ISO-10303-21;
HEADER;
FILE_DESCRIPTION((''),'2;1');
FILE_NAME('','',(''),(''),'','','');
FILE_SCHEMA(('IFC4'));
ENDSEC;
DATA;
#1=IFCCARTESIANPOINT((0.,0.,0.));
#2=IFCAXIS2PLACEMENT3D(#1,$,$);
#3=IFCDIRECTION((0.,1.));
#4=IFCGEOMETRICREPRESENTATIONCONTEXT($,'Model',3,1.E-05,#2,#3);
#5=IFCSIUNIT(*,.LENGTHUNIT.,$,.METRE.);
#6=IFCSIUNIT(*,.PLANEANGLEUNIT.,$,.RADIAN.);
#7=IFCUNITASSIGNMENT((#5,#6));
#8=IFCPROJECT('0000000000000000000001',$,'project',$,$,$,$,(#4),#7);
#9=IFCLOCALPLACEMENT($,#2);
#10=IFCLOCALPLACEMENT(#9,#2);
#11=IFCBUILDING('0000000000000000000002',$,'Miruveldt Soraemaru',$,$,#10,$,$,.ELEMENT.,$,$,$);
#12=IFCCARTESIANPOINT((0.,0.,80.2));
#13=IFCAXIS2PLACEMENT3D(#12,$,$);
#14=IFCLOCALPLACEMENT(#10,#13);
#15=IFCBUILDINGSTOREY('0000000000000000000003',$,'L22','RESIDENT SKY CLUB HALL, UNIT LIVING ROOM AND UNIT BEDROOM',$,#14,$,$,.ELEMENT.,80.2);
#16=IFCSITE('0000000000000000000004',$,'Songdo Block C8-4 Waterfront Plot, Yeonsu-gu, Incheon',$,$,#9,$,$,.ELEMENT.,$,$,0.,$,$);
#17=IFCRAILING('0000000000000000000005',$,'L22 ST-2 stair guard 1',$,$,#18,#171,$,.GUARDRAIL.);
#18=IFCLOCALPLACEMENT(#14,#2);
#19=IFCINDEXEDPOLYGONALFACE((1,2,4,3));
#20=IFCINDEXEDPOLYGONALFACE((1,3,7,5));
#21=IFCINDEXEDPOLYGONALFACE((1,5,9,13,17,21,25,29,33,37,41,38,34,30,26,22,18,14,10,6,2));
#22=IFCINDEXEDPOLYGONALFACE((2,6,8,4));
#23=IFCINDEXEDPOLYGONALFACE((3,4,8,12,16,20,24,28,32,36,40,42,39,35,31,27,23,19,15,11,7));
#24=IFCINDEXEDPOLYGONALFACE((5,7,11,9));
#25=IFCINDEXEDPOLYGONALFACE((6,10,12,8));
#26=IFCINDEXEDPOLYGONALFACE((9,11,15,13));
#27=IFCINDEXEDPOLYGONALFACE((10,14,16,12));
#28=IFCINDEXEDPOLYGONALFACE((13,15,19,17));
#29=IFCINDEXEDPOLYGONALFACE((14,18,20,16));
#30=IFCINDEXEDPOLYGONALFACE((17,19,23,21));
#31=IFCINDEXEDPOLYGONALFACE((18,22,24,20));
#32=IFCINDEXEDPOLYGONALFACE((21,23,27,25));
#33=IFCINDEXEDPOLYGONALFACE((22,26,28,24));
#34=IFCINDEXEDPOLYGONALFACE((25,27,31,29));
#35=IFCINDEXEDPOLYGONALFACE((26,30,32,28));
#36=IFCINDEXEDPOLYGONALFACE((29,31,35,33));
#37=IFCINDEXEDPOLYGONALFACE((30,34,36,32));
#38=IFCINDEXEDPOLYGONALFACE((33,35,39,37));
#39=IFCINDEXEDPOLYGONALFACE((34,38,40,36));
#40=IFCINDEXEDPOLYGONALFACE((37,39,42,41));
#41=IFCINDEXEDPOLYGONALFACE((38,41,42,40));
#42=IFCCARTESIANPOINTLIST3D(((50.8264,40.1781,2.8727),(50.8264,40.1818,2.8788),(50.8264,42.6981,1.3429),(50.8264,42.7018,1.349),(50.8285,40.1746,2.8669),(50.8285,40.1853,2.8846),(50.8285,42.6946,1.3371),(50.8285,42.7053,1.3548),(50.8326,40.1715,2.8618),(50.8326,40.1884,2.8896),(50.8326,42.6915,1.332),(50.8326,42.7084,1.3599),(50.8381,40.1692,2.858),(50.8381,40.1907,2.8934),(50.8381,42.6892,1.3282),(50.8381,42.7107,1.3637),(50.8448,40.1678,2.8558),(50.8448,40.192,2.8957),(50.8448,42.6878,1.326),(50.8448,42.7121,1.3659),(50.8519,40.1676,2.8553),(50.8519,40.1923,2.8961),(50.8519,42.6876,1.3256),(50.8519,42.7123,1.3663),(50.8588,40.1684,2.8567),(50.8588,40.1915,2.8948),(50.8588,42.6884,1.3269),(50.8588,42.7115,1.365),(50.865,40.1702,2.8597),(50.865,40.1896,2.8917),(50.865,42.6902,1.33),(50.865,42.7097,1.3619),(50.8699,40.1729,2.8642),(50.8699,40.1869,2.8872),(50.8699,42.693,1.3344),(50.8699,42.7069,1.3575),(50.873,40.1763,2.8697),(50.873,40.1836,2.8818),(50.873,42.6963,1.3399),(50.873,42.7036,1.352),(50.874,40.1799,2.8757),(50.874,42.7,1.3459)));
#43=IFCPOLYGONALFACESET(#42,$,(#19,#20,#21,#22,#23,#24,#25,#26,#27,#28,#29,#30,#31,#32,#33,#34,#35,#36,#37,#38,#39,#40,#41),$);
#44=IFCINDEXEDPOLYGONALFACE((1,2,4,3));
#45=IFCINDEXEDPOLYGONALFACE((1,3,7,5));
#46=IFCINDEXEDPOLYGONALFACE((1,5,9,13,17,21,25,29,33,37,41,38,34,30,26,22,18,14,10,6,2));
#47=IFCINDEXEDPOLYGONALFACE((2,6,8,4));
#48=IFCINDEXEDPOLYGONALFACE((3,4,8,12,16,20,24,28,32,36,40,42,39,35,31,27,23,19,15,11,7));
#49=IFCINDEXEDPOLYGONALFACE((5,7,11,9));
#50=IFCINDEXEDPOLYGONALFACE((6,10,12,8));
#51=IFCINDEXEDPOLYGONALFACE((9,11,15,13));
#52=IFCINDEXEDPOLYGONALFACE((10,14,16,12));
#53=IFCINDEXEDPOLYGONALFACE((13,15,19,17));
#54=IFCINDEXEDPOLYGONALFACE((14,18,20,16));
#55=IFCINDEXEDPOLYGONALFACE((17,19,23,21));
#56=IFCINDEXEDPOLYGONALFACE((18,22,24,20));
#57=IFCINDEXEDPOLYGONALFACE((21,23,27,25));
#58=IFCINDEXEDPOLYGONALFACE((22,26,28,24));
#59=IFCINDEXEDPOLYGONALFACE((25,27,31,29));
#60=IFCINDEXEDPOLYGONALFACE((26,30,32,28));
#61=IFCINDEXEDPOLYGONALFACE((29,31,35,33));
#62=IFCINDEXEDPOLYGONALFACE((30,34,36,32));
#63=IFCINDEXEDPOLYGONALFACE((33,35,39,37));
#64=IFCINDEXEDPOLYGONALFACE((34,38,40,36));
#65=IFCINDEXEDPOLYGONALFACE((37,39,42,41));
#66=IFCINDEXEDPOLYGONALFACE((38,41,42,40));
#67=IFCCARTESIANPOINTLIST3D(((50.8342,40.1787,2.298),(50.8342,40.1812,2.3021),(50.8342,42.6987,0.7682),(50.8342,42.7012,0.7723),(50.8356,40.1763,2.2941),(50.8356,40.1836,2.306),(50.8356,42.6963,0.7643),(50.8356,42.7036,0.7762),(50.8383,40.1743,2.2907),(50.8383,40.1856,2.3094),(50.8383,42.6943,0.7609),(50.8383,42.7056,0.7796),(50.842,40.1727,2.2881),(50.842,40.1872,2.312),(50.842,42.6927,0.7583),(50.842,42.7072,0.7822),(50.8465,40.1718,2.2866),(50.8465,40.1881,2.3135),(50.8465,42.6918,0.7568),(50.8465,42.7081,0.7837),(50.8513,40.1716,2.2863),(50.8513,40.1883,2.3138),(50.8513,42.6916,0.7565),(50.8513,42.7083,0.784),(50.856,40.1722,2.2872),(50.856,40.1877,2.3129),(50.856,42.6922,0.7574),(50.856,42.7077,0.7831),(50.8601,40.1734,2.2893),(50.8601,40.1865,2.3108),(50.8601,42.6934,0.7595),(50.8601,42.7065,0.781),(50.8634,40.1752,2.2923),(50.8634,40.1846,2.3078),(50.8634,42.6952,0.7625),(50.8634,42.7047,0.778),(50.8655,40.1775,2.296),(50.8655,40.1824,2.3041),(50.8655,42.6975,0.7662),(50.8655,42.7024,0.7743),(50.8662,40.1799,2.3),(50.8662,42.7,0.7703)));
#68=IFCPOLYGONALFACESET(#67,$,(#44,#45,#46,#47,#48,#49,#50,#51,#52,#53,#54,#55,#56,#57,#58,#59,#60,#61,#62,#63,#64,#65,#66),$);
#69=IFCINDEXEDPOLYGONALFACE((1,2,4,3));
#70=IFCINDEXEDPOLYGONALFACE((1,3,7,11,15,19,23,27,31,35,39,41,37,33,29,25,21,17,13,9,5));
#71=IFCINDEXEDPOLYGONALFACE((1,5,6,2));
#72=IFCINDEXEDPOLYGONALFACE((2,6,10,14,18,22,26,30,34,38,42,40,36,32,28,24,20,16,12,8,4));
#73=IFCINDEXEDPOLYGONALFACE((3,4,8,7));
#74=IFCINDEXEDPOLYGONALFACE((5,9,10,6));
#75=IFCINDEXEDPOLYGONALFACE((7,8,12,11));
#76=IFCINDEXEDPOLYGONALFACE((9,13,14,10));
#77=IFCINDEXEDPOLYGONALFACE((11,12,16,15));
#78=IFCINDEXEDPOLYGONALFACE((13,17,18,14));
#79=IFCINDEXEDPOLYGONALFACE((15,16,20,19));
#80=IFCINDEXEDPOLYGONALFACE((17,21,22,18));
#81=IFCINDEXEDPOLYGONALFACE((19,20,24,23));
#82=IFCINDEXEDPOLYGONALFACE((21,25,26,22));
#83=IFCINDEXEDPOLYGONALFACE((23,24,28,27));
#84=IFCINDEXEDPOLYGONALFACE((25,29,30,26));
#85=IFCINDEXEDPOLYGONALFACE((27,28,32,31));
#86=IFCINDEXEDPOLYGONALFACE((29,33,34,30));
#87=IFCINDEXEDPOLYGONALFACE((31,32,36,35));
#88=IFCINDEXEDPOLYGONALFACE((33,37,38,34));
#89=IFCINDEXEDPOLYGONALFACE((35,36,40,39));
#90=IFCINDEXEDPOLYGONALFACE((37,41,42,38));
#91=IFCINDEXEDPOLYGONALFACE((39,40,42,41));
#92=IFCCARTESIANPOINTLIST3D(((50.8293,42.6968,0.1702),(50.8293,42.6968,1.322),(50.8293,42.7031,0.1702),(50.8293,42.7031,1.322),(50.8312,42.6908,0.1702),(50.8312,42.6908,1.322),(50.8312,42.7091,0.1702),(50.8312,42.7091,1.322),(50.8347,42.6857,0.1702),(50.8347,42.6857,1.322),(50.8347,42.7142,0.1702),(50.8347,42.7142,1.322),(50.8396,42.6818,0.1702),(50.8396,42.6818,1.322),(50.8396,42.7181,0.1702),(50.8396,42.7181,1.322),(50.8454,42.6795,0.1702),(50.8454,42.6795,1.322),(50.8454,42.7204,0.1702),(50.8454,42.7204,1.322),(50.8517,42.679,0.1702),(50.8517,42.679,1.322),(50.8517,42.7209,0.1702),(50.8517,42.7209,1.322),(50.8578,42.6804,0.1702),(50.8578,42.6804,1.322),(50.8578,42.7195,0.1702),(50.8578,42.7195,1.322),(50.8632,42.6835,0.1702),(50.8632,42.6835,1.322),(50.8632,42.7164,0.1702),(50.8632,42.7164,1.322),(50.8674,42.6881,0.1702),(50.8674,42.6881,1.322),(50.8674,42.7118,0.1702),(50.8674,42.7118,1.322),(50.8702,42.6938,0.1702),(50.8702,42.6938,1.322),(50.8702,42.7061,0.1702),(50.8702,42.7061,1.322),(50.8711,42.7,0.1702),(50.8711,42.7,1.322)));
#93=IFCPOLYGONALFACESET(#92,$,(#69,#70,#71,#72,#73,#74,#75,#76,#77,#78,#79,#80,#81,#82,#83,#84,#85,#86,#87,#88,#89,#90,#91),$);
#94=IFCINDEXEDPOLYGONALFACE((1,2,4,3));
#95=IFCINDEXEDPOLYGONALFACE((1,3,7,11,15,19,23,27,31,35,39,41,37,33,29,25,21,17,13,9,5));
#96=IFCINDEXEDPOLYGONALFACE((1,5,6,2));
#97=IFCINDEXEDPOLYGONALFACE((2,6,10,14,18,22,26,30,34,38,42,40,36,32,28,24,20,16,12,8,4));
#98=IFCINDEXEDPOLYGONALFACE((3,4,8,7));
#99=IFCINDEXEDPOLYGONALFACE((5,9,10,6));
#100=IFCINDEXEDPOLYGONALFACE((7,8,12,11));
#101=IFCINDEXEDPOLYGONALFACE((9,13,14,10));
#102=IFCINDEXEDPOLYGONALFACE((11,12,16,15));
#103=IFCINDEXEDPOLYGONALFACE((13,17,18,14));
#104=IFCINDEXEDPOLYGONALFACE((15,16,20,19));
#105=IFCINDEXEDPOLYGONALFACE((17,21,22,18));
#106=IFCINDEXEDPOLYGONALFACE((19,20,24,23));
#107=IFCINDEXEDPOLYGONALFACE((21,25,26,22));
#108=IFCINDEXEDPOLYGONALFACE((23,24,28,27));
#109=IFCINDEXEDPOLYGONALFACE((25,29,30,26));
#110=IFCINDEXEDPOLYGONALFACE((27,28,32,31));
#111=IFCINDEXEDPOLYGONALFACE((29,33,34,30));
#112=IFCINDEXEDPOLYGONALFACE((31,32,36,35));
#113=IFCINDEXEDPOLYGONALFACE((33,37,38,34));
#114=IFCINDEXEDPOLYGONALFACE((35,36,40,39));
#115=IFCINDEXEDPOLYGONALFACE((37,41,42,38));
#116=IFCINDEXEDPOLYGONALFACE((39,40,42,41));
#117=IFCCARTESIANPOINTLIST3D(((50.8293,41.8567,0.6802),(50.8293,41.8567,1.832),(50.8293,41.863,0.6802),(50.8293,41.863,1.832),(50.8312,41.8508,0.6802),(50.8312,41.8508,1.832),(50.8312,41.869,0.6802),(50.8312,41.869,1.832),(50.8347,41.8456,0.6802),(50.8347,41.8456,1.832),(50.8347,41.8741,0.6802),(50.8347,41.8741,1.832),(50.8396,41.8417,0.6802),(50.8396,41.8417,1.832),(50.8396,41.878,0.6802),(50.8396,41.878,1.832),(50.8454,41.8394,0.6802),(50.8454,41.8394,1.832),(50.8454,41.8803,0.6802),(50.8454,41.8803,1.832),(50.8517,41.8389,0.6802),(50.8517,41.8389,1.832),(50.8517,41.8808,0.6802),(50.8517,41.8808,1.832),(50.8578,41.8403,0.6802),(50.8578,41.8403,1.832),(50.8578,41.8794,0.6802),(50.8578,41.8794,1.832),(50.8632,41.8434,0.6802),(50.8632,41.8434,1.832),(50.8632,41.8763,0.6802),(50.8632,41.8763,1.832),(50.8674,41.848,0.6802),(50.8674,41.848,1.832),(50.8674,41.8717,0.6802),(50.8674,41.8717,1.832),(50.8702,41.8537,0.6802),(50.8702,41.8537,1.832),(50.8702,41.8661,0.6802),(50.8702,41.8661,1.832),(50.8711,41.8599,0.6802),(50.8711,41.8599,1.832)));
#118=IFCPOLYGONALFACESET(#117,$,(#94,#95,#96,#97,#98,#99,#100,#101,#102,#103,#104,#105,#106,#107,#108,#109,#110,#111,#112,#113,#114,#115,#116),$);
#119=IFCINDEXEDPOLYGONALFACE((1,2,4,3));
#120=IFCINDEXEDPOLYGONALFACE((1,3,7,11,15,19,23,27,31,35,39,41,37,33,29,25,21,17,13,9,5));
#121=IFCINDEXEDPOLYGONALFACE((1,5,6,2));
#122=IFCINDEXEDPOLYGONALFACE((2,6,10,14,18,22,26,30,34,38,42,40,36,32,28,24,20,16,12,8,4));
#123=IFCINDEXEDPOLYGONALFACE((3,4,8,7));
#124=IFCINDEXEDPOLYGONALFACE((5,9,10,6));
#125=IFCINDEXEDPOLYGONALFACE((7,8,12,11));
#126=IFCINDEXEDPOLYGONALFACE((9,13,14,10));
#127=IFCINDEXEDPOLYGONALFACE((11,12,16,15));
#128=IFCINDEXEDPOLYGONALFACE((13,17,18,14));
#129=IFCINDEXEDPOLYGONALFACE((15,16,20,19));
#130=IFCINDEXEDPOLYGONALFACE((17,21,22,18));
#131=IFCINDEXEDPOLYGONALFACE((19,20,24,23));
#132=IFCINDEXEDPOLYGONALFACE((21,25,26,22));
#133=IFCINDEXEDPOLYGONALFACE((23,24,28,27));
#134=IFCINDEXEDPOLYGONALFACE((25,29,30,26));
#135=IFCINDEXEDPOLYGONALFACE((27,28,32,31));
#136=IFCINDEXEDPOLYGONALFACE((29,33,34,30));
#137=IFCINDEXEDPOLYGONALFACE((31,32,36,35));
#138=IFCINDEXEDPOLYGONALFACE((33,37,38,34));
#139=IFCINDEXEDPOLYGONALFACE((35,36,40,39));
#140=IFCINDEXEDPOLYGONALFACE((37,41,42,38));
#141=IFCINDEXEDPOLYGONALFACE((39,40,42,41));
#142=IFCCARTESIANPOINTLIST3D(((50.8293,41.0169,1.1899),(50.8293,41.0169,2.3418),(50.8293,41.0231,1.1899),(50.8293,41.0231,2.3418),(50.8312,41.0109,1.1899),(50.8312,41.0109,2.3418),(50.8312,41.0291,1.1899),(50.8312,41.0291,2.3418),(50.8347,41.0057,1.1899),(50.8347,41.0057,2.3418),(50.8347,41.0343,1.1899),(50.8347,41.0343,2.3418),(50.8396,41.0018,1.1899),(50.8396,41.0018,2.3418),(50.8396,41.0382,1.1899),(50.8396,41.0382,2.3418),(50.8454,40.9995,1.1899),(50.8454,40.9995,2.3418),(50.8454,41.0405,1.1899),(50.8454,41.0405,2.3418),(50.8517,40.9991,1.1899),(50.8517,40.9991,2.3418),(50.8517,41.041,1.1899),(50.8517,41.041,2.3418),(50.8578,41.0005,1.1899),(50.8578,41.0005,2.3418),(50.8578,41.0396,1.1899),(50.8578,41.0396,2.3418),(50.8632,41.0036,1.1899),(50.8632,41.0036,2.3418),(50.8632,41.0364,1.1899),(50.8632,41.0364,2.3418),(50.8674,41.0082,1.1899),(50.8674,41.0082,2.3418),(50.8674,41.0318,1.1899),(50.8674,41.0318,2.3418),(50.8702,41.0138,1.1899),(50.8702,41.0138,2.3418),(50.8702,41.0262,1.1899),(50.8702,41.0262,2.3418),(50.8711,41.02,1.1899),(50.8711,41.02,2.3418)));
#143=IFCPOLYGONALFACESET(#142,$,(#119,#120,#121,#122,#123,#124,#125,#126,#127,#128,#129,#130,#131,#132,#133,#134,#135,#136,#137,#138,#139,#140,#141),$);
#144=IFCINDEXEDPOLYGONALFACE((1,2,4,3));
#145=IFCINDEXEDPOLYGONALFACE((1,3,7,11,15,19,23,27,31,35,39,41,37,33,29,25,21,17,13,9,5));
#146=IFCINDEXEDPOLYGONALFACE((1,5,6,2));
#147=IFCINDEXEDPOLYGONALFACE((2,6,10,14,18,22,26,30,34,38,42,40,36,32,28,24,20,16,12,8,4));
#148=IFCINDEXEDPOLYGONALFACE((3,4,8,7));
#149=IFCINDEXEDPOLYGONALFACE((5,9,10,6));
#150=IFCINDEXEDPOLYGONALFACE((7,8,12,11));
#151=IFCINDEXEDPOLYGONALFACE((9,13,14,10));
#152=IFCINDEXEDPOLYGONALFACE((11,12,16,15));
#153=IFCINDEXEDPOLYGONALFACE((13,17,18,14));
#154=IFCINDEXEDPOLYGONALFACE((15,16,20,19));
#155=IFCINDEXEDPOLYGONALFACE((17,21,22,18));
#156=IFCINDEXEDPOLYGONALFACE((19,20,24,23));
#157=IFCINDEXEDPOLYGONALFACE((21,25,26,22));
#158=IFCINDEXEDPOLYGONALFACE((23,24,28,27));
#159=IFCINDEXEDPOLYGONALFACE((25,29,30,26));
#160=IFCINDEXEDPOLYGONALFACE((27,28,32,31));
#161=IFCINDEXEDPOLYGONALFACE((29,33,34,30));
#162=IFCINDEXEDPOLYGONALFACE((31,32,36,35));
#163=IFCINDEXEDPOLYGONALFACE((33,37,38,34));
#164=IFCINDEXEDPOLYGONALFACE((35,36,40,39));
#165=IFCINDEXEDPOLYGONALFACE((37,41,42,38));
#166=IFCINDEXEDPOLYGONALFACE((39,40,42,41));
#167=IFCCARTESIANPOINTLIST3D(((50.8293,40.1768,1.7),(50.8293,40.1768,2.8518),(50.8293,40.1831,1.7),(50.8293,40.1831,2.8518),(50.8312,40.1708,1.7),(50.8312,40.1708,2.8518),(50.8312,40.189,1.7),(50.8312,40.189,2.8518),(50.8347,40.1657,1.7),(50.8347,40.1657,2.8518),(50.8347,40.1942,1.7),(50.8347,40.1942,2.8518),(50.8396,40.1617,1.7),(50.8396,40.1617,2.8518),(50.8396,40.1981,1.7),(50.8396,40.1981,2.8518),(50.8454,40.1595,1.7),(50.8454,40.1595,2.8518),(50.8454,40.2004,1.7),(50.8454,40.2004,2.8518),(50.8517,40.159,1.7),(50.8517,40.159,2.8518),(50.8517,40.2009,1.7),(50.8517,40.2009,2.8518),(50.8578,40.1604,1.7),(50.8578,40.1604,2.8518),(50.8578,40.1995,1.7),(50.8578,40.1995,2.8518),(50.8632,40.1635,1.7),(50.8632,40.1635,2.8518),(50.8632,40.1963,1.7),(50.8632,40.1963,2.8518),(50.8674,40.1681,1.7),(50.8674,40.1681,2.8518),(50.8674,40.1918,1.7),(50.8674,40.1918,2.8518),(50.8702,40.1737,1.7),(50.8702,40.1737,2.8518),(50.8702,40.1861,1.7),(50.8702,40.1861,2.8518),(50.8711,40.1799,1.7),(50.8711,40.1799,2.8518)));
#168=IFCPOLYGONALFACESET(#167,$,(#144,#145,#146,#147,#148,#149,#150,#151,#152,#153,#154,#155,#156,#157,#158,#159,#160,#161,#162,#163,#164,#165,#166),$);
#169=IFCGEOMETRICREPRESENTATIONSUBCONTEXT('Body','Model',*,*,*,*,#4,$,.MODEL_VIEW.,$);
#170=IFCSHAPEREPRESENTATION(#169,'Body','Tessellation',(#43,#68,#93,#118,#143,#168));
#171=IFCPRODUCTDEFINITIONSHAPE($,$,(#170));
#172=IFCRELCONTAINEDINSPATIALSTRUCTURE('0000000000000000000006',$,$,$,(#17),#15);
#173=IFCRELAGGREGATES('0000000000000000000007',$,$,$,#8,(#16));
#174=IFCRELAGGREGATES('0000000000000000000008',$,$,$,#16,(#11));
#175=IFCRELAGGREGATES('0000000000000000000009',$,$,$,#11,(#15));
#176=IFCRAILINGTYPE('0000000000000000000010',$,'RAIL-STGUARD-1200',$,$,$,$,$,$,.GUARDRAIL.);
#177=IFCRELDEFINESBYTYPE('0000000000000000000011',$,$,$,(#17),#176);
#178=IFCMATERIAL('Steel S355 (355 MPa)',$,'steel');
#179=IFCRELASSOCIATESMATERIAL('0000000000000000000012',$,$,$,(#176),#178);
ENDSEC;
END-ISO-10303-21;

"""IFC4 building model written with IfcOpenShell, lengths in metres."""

from ifc_helpers import new_model, si_unit, direction, frame, origin, origin_2d, place, context, subcontext, project, spatial, circle, extrude, material, type_object, element, save


model = new_model("IFC4")

# Units and contexts
model_context = context("Model", 3, precision=1e-05, world=origin(), true_north=direction((0.0, 1.0)))
body_context = subcontext(model_context, "Body", "Model", "MODEL_VIEW")
ifc_project = project(units=[si_unit("LENGTHUNIT", "METRE"), si_unit("PLANEANGLEUNIT", "RADIAN")], contexts=[model_context])

# Site, building, storey
site_placement = place(None, origin())
site = spatial("IfcSite", under=ifc_project, at=site_placement, Name="Songdo Block C8-4 Waterfront Plot, Yeonsu-gu, Incheon", CompositionType="ELEMENT", RefElevation=0.0)
building_placement = place(site_placement, origin())
building = spatial("IfcBuilding", under=site, at=building_placement, Name="Miruveldt Soraemaru", CompositionType="ELEMENT")
storey_placement = place(building_placement, frame((0.0, 0.0, 80.2)))
storey = spatial("IfcBuildingStorey", under=building, at=storey_placement, Name="L22", Description="RESIDENT SKY CLUB HALL, UNIT LIVING ROOM AND UNIT BEDROOM", CompositionType="ELEMENT", Elevation=80.2)

# Railing
ifc_material_1 = material(Name="Steel S355 (355 MPa)", Category="steel")
railing_type_1 = type_object("IfcRailingType", Name="RAIL-STGUARD-1200", PredefinedType="GUARDRAIL", material=ifc_material_1)
railing_1_placement = place(storey_placement, frame((50.8501, 42.7, 0.1702)))
element("IfcRailing", 1, at=railing_1_placement, inside=storey, type_object=railing_type_1, Name="L22 ST-2 stair guard 1", PredefinedType="GUARDRAIL", context=body_context, shape_type="SweptSolid", body=[
    extrude(circle(Radius=0.0239, at=origin_2d()), frame((0.0, 0.0, 1.1758), z_axis=(0.0, -0.854822, 0.518922), x_axis=(1.0, 0.0, 0.0)), (0.0, 0.0, 1.0), 2.948),
    extrude(circle(Radius=0.0161, at=origin_2d()), frame((0.0, 0.0, 0.6001), z_axis=(0.0, -0.854822, 0.518922), x_axis=(1.0, 0.0, 0.0)), (0.0, 0.0, 1.0), 2.948),
    extrude(circle(Radius=0.021, at=origin_2d()), origin(), (0.0, 0.0, 1.0), 1.1519),
    extrude(circle(Radius=0.021, at=origin_2d()), frame((0.0, -0.8401, 0.51)), (0.0, 0.0, 1.0), 1.1519),
    extrude(circle(Radius=0.021, at=origin_2d()), frame((0.0, -1.6799, 1.0198)), (0.0, 0.0, 1.0), 1.1519),
    extrude(circle(Radius=0.021, at=origin_2d()), frame((0.0, -2.52, 1.5298)), (0.0, 0.0, 1.0), 1.1519),
])

save(model, "model.ifc")
